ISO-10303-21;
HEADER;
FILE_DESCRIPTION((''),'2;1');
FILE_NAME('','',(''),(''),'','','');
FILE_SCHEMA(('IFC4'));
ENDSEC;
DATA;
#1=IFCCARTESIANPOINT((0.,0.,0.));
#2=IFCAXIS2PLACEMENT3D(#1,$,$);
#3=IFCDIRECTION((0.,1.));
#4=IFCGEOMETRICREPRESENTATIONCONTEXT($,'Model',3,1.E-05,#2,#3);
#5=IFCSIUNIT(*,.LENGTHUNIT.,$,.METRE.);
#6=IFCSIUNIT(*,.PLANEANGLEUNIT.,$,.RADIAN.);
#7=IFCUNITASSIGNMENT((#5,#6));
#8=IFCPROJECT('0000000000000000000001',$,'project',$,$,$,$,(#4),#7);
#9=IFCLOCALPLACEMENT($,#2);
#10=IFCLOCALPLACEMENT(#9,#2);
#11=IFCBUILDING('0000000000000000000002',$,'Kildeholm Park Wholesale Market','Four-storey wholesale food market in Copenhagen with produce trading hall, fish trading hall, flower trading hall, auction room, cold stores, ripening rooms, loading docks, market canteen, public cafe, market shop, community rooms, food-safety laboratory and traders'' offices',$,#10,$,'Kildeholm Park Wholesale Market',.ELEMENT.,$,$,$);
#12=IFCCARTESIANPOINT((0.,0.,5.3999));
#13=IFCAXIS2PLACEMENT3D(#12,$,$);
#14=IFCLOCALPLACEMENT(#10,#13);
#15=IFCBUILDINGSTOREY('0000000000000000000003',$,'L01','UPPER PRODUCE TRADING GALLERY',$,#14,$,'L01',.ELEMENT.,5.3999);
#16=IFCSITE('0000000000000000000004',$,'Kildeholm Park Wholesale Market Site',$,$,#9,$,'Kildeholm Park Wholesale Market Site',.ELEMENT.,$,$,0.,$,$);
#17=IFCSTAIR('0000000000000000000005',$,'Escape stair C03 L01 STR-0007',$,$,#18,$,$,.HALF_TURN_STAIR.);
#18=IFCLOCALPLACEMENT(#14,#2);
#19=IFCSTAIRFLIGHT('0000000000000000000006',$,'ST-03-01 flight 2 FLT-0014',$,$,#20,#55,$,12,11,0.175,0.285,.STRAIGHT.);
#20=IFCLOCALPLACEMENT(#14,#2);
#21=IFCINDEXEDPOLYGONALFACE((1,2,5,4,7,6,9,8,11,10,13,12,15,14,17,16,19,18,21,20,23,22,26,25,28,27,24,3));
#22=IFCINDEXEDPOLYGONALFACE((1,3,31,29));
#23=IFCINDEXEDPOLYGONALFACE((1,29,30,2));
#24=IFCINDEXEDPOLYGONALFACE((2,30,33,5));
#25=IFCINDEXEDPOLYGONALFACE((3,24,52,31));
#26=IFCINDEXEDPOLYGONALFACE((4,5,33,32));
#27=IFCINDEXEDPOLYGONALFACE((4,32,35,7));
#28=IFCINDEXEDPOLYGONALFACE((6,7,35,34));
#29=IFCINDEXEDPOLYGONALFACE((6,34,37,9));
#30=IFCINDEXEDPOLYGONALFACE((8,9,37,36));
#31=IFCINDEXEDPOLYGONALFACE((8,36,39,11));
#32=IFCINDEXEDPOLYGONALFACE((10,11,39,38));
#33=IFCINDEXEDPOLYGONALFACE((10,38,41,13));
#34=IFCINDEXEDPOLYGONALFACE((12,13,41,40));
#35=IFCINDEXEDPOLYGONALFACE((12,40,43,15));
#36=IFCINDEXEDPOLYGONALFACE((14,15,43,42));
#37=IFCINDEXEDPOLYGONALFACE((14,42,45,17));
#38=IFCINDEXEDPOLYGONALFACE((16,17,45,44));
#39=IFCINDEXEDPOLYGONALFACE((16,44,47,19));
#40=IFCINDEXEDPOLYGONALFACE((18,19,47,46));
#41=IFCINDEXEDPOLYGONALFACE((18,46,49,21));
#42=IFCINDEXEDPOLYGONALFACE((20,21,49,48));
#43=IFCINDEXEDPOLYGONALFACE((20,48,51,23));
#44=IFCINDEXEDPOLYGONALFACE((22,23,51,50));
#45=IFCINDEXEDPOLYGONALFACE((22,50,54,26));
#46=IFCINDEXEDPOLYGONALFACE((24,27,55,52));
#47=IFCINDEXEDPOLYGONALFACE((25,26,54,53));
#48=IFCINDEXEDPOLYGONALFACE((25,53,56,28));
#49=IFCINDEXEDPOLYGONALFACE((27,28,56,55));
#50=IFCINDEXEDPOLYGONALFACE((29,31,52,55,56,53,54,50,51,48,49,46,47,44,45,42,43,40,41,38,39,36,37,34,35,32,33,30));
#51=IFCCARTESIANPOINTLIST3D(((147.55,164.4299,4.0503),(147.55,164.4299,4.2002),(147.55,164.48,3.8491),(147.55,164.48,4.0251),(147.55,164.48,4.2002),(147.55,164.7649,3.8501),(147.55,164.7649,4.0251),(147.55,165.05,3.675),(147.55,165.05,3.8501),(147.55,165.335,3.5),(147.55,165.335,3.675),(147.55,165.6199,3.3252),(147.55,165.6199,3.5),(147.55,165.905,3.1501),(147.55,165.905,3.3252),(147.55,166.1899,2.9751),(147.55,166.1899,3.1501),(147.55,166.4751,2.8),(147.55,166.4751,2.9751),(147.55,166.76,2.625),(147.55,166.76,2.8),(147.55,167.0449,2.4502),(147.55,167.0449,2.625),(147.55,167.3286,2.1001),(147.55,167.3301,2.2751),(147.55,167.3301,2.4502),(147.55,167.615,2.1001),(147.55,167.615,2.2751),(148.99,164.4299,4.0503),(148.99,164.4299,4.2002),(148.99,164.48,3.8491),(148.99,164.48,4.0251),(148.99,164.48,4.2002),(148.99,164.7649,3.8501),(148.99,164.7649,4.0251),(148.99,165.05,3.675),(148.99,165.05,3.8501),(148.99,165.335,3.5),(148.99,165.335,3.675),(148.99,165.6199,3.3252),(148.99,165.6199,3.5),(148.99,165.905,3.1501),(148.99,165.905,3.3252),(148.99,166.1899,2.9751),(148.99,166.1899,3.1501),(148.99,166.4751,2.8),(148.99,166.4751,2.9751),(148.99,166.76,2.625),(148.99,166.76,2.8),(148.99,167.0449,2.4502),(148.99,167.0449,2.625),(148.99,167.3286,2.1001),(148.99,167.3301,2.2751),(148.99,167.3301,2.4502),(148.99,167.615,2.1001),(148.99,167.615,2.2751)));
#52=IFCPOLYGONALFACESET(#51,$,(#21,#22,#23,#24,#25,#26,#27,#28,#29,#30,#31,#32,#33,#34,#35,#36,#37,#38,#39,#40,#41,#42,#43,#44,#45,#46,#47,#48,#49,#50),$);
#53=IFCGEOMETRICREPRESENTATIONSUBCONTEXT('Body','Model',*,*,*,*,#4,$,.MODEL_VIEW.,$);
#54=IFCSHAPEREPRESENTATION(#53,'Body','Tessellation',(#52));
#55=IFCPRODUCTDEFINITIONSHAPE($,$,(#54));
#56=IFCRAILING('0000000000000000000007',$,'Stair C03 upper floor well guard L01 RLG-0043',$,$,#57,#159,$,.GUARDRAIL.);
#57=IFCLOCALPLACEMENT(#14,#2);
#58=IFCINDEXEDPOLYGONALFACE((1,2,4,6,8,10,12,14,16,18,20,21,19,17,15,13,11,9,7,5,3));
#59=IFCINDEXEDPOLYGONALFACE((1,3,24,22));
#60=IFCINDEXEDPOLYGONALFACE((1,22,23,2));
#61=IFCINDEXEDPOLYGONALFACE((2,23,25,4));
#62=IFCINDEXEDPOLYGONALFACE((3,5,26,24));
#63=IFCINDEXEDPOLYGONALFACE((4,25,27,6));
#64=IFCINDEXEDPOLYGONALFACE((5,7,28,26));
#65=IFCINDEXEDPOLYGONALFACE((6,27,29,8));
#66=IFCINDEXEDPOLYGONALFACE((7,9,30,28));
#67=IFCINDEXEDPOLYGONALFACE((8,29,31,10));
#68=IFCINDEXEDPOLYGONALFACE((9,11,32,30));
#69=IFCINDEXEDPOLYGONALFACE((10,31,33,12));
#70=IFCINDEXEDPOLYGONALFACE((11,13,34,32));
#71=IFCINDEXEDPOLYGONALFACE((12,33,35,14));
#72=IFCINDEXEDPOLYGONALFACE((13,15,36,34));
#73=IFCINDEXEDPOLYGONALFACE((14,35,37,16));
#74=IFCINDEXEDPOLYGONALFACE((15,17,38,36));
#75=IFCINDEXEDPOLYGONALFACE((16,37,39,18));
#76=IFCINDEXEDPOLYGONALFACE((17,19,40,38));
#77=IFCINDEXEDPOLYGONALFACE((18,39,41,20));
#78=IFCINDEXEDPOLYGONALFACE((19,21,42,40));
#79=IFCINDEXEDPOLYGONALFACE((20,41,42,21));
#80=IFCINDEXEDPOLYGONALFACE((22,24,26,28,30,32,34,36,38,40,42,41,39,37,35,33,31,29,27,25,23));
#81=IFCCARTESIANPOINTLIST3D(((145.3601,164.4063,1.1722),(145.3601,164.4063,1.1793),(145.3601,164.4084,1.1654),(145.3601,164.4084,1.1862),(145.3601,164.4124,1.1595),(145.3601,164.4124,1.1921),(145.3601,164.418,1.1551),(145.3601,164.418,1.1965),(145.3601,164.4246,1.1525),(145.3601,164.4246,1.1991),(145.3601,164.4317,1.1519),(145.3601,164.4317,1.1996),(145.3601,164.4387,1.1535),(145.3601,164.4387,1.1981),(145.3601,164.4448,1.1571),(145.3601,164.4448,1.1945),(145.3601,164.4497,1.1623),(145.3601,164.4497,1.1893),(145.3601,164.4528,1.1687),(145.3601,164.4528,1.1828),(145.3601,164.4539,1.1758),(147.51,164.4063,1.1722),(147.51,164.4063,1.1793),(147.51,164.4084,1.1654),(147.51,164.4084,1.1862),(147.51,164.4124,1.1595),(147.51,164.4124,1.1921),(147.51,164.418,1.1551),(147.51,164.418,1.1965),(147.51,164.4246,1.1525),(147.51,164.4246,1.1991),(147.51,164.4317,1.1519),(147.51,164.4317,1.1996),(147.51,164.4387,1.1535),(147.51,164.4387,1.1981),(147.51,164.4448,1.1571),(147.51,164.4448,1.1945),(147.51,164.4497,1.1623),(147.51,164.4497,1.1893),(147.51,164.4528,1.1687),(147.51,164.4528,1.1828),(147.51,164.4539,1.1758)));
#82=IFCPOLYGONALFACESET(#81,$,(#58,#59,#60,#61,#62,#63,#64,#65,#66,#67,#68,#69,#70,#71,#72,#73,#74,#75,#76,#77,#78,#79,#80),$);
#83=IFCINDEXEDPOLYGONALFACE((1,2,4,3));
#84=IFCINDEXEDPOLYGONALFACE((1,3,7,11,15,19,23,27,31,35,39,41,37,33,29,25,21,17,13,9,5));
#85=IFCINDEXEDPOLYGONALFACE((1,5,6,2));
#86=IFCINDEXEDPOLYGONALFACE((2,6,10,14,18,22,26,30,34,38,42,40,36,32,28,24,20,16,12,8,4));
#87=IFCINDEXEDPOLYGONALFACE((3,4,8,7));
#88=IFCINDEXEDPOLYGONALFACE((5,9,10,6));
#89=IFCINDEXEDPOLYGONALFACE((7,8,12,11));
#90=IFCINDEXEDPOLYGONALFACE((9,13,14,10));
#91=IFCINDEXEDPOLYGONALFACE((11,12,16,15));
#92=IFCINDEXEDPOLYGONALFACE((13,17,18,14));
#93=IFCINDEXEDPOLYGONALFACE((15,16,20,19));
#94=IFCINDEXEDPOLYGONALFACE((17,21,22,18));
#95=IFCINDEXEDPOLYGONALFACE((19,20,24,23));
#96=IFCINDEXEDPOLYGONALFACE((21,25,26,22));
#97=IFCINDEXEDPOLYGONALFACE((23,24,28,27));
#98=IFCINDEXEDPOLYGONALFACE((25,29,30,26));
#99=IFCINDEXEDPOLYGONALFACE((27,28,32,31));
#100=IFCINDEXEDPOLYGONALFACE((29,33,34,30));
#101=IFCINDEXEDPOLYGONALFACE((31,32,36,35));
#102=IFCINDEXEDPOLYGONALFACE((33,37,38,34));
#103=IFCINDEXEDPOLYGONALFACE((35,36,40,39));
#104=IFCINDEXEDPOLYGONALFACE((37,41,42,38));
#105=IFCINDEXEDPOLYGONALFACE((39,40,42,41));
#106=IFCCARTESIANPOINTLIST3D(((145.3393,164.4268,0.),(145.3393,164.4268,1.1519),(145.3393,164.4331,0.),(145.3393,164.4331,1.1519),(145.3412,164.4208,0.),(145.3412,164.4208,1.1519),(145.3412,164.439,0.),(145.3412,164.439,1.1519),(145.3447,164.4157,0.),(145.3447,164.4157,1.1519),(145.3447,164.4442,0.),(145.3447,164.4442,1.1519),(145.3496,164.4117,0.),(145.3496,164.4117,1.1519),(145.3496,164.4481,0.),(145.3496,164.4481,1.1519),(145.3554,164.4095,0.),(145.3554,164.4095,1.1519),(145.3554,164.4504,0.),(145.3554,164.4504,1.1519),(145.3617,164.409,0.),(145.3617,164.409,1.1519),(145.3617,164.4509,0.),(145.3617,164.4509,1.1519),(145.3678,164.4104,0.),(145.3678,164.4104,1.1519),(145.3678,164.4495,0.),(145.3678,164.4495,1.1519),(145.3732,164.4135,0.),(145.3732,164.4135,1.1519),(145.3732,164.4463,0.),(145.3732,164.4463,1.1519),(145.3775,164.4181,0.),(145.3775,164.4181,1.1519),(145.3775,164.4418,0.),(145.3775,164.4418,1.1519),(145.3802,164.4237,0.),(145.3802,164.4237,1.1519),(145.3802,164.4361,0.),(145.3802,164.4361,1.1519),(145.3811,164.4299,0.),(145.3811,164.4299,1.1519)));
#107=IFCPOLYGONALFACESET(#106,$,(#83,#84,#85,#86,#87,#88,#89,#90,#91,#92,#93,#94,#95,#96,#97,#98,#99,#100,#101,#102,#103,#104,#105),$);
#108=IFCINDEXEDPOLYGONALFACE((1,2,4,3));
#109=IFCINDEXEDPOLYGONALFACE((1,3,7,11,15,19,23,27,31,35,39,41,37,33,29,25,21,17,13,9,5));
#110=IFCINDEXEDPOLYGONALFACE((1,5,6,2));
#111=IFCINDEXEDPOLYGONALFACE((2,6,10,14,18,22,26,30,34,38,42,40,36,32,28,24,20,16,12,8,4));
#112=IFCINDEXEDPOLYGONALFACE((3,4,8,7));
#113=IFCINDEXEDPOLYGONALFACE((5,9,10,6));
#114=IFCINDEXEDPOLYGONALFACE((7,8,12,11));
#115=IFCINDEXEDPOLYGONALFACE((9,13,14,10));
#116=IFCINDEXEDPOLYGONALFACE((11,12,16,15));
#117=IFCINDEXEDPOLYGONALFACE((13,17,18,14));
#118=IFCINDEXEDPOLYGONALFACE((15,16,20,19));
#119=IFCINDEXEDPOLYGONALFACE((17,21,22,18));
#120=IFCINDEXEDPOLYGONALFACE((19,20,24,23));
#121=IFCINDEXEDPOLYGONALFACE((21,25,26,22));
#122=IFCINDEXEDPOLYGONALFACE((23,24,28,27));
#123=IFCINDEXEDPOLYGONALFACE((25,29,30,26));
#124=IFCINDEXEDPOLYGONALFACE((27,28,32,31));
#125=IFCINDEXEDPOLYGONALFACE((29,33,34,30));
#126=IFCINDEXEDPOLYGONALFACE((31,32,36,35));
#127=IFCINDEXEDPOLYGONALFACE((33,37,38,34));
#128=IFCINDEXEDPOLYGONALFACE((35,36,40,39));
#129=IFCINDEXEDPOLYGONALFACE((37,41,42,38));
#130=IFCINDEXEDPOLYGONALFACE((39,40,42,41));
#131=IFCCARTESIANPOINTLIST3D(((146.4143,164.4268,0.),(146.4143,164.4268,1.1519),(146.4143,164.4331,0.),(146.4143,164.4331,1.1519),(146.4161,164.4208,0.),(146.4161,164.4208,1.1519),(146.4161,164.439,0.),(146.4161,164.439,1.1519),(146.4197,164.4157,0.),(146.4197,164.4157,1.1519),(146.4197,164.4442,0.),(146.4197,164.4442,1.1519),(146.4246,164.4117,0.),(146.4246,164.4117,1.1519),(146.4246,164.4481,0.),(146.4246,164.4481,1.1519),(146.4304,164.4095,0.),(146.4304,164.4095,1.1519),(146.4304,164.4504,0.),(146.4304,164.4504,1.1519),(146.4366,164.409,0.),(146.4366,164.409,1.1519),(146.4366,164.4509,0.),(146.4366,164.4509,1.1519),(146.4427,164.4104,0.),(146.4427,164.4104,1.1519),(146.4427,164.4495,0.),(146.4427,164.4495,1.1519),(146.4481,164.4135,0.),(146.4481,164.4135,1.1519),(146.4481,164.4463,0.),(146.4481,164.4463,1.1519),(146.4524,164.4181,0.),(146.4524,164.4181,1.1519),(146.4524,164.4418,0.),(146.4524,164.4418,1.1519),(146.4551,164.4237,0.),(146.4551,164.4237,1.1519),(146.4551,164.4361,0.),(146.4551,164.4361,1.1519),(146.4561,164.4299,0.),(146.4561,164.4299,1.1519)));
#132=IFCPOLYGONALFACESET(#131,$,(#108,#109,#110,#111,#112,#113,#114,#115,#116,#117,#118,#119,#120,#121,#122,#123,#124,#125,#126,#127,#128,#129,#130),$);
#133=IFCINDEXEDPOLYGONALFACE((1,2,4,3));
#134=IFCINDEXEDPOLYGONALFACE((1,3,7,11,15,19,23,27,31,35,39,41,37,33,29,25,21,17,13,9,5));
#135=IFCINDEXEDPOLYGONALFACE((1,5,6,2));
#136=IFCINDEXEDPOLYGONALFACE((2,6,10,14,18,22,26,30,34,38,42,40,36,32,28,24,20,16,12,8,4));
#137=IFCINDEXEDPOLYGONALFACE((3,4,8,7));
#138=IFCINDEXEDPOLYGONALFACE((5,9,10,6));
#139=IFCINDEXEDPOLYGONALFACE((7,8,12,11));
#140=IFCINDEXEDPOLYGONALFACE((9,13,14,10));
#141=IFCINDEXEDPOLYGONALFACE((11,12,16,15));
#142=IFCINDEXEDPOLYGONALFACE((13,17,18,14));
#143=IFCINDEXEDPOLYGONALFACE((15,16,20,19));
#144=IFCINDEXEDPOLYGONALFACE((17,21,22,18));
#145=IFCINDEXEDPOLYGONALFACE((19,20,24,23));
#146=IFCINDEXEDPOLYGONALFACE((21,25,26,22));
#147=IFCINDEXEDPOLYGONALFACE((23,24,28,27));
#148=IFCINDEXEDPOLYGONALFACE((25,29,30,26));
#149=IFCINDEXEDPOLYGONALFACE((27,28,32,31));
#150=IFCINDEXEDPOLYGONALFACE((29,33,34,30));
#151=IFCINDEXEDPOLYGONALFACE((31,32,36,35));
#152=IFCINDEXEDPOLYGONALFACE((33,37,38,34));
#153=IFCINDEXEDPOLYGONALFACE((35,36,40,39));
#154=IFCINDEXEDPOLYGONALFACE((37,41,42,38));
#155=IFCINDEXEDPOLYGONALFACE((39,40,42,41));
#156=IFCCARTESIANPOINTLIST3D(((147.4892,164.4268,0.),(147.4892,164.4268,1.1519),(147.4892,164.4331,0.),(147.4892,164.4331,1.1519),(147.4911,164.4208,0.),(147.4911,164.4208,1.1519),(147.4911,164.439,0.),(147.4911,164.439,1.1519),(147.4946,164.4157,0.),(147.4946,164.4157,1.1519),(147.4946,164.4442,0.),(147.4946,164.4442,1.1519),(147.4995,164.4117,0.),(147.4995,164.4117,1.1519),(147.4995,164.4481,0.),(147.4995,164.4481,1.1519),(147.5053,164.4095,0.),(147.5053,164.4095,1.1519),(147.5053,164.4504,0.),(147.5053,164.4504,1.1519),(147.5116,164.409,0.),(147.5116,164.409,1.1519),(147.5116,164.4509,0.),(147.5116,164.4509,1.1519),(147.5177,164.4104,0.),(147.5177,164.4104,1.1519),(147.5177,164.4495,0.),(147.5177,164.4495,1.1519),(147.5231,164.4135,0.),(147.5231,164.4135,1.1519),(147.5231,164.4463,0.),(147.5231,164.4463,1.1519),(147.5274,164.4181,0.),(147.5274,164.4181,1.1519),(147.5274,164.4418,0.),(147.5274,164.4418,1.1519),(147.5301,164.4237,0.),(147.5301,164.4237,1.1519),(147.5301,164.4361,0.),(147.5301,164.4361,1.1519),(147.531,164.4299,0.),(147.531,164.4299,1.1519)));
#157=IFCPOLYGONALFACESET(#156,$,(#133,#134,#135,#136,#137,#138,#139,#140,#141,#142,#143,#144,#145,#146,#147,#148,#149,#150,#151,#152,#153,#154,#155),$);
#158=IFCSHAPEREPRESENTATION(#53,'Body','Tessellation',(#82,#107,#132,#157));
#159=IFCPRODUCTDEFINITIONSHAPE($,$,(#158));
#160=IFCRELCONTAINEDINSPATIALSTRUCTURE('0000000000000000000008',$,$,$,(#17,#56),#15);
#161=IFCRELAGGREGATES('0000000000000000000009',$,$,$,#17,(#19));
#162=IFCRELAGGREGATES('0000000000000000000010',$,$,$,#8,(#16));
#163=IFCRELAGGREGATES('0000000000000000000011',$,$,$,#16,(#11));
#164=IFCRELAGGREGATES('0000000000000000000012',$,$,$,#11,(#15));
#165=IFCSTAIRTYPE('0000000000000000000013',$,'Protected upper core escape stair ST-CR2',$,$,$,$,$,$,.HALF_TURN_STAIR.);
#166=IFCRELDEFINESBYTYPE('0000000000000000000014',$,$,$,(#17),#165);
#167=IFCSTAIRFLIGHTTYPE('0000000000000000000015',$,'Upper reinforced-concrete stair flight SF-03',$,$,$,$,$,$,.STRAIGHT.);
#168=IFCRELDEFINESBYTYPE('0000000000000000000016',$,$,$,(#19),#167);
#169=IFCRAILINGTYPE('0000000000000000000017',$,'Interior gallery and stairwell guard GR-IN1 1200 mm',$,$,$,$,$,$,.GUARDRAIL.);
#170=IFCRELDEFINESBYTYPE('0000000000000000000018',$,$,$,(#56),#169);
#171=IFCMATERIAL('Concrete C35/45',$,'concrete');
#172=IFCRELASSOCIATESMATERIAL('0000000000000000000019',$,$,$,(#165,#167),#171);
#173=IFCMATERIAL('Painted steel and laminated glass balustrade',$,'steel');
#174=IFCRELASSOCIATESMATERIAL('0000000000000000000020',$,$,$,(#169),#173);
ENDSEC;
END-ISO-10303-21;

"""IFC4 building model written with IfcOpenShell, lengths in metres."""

from ifc_helpers import new_model, si_unit, direction, frame, origin, origin_2d, place, context, subcontext, project, spatial, polyline, circle, outline, extrude, material, type_object, element, aggregate, save


model = new_model("IFC4")

# Units and contexts
model_context = context("Model", 3, precision=1e-05, world=origin(), true_north=direction((0.0, 1.0)))
body_context = subcontext(model_context, "Body", "Model", "MODEL_VIEW")
ifc_project = project(units=[si_unit("LENGTHUNIT", "METRE"), si_unit("PLANEANGLEUNIT", "RADIAN")], contexts=[model_context])

# Site, building, storey
site_placement = place(None, origin())
site = spatial("IfcSite", under=ifc_project, at=site_placement, Name="Kildeholm Park Wholesale Market Site", LongName="Kildeholm Park Wholesale Market Site", CompositionType="ELEMENT", RefElevation=0.0)
building_placement = place(site_placement, origin())
building = spatial("IfcBuilding", under=site, at=building_placement, Name="Kildeholm Park Wholesale Market", Description="Four-storey wholesale food market in Copenhagen with produce trading hall, fish trading hall, flower trading hall, auction room, cold stores, ripening rooms, loading docks, market canteen, public cafe, market shop, community rooms, food-safety laboratory and traders' offices", LongName="Kildeholm Park Wholesale Market", CompositionType="ELEMENT")
storey_placement = place(building_placement, frame((0.0, 0.0, 5.3999)))
storey = spatial("IfcBuildingStorey", under=building, at=storey_placement, Name="L01", Description="UPPER PRODUCE TRADING GALLERY", LongName="L01", CompositionType="ELEMENT", Elevation=5.3999)

# Stair, stair flight
ifc_material_1 = material(Name="Concrete C35/45", Category="concrete")
stair_type = type_object("IfcStairType", Name="Protected upper core escape stair ST-CR2", PredefinedType="HALF_TURN_STAIR", material=ifc_material_1)
stair_placement = place(storey_placement, origin())
stair = element("IfcStair", 1, at=stair_placement, inside=storey, type_object=stair_type, Name="Escape stair C03 L01 STR-0007", PredefinedType="HALF_TURN_STAIR")
stair_flight_type = type_object("IfcStairFlightType", Name="Upper reinforced-concrete stair flight SF-03", PredefinedType="STRAIGHT", material=ifc_material_1)
stair_flight_1_placement = place(storey_placement, frame((148.27, 167.615, 2.1001), z_axis=(0.0, 0.0, 1.0), x_axis=(0.0, -1.0, 0.0)))
stair_flight_1 = element("IfcStairFlight", 2, at=stair_flight_1_placement, type_object=stair_flight_type, Name="ST-03-01 flight 2 FLT-0014", NumberOfRisers=12, NumberOfTreads=11, PredefinedType="STRAIGHT", RiserHeight=0.175, TreadLength=0.285, context=body_context, shape_type="SweptSolid", body=[
    extrude(outline(polyline([(0.0, 0.0), (0.0, 0.175), (0.2849, 0.175), (0.2849, 0.3501), (0.5701, 0.3501), (0.5701, 0.5249), (0.855, 0.5249), (0.855, 0.7), (1.1399, 0.7), (1.1399, 0.875), (1.425, 0.875), (1.425, 1.05), (1.71, 1.05), (1.71, 1.2251), (1.9951, 1.2251), (1.9951, 1.3999), (2.28, 1.3999), (2.28, 1.575), (2.5649, 1.575), (2.5649, 1.75), (2.8501, 1.75), (2.8501, 1.925), (3.135, 1.925), (3.135, 2.1001), (3.1851, 2.1001), (3.1851, 1.9502), (3.135, 1.749), (0.2864, 0.0), (0.0, 0.0)])), frame((0.0, 0.72, 0.0), z_axis=(0.0, -1.0, 0.0), x_axis=(1.0, 0.0, 0.0)), (0.0, 0.0, 1.0), 1.4399),
])
aggregate(stair, [stair_flight_1])

# Railing
ifc_material_2 = material(Name="Painted steel and laminated glass balustrade", Category="steel")
railing_type_1 = type_object("IfcRailingType", Name="Interior gallery and stairwell guard GR-IN1 1200 mm", PredefinedType="GUARDRAIL", material=ifc_material_2)
railing_1_placement = place(storey_placement, frame((145.3601, 164.4299, 0.0)))
element("IfcRailing", 3, at=railing_1_placement, inside=storey, type_object=railing_type_1, Name="Stair C03 upper floor well guard L01 RLG-0043", PredefinedType="GUARDRAIL", context=body_context, shape_type="SweptSolid", body=[
    extrude(circle(Radius=0.0239, at=origin_2d()), frame((0.0, 0.0, 1.1758), z_axis=(1.0, 0.0, 0.0), x_axis=(0.0, 1.0, 0.0)), (0.0, 0.0, 1.0), 2.1499),
    extrude(circle(Radius=0.021, at=origin_2d()), origin(), (0.0, 0.0, 1.0), 1.1519),
    extrude(circle(Radius=0.021, at=origin_2d()), frame((1.075, 0.0, 0.0)), (0.0, 0.0, 1.0), 1.1519),
    extrude(circle(Radius=0.021, at=origin_2d()), frame((2.1499, 0.0, 0.0)), (0.0, 0.0, 1.0), 1.1519),
])

save(model, "model.ifc")
